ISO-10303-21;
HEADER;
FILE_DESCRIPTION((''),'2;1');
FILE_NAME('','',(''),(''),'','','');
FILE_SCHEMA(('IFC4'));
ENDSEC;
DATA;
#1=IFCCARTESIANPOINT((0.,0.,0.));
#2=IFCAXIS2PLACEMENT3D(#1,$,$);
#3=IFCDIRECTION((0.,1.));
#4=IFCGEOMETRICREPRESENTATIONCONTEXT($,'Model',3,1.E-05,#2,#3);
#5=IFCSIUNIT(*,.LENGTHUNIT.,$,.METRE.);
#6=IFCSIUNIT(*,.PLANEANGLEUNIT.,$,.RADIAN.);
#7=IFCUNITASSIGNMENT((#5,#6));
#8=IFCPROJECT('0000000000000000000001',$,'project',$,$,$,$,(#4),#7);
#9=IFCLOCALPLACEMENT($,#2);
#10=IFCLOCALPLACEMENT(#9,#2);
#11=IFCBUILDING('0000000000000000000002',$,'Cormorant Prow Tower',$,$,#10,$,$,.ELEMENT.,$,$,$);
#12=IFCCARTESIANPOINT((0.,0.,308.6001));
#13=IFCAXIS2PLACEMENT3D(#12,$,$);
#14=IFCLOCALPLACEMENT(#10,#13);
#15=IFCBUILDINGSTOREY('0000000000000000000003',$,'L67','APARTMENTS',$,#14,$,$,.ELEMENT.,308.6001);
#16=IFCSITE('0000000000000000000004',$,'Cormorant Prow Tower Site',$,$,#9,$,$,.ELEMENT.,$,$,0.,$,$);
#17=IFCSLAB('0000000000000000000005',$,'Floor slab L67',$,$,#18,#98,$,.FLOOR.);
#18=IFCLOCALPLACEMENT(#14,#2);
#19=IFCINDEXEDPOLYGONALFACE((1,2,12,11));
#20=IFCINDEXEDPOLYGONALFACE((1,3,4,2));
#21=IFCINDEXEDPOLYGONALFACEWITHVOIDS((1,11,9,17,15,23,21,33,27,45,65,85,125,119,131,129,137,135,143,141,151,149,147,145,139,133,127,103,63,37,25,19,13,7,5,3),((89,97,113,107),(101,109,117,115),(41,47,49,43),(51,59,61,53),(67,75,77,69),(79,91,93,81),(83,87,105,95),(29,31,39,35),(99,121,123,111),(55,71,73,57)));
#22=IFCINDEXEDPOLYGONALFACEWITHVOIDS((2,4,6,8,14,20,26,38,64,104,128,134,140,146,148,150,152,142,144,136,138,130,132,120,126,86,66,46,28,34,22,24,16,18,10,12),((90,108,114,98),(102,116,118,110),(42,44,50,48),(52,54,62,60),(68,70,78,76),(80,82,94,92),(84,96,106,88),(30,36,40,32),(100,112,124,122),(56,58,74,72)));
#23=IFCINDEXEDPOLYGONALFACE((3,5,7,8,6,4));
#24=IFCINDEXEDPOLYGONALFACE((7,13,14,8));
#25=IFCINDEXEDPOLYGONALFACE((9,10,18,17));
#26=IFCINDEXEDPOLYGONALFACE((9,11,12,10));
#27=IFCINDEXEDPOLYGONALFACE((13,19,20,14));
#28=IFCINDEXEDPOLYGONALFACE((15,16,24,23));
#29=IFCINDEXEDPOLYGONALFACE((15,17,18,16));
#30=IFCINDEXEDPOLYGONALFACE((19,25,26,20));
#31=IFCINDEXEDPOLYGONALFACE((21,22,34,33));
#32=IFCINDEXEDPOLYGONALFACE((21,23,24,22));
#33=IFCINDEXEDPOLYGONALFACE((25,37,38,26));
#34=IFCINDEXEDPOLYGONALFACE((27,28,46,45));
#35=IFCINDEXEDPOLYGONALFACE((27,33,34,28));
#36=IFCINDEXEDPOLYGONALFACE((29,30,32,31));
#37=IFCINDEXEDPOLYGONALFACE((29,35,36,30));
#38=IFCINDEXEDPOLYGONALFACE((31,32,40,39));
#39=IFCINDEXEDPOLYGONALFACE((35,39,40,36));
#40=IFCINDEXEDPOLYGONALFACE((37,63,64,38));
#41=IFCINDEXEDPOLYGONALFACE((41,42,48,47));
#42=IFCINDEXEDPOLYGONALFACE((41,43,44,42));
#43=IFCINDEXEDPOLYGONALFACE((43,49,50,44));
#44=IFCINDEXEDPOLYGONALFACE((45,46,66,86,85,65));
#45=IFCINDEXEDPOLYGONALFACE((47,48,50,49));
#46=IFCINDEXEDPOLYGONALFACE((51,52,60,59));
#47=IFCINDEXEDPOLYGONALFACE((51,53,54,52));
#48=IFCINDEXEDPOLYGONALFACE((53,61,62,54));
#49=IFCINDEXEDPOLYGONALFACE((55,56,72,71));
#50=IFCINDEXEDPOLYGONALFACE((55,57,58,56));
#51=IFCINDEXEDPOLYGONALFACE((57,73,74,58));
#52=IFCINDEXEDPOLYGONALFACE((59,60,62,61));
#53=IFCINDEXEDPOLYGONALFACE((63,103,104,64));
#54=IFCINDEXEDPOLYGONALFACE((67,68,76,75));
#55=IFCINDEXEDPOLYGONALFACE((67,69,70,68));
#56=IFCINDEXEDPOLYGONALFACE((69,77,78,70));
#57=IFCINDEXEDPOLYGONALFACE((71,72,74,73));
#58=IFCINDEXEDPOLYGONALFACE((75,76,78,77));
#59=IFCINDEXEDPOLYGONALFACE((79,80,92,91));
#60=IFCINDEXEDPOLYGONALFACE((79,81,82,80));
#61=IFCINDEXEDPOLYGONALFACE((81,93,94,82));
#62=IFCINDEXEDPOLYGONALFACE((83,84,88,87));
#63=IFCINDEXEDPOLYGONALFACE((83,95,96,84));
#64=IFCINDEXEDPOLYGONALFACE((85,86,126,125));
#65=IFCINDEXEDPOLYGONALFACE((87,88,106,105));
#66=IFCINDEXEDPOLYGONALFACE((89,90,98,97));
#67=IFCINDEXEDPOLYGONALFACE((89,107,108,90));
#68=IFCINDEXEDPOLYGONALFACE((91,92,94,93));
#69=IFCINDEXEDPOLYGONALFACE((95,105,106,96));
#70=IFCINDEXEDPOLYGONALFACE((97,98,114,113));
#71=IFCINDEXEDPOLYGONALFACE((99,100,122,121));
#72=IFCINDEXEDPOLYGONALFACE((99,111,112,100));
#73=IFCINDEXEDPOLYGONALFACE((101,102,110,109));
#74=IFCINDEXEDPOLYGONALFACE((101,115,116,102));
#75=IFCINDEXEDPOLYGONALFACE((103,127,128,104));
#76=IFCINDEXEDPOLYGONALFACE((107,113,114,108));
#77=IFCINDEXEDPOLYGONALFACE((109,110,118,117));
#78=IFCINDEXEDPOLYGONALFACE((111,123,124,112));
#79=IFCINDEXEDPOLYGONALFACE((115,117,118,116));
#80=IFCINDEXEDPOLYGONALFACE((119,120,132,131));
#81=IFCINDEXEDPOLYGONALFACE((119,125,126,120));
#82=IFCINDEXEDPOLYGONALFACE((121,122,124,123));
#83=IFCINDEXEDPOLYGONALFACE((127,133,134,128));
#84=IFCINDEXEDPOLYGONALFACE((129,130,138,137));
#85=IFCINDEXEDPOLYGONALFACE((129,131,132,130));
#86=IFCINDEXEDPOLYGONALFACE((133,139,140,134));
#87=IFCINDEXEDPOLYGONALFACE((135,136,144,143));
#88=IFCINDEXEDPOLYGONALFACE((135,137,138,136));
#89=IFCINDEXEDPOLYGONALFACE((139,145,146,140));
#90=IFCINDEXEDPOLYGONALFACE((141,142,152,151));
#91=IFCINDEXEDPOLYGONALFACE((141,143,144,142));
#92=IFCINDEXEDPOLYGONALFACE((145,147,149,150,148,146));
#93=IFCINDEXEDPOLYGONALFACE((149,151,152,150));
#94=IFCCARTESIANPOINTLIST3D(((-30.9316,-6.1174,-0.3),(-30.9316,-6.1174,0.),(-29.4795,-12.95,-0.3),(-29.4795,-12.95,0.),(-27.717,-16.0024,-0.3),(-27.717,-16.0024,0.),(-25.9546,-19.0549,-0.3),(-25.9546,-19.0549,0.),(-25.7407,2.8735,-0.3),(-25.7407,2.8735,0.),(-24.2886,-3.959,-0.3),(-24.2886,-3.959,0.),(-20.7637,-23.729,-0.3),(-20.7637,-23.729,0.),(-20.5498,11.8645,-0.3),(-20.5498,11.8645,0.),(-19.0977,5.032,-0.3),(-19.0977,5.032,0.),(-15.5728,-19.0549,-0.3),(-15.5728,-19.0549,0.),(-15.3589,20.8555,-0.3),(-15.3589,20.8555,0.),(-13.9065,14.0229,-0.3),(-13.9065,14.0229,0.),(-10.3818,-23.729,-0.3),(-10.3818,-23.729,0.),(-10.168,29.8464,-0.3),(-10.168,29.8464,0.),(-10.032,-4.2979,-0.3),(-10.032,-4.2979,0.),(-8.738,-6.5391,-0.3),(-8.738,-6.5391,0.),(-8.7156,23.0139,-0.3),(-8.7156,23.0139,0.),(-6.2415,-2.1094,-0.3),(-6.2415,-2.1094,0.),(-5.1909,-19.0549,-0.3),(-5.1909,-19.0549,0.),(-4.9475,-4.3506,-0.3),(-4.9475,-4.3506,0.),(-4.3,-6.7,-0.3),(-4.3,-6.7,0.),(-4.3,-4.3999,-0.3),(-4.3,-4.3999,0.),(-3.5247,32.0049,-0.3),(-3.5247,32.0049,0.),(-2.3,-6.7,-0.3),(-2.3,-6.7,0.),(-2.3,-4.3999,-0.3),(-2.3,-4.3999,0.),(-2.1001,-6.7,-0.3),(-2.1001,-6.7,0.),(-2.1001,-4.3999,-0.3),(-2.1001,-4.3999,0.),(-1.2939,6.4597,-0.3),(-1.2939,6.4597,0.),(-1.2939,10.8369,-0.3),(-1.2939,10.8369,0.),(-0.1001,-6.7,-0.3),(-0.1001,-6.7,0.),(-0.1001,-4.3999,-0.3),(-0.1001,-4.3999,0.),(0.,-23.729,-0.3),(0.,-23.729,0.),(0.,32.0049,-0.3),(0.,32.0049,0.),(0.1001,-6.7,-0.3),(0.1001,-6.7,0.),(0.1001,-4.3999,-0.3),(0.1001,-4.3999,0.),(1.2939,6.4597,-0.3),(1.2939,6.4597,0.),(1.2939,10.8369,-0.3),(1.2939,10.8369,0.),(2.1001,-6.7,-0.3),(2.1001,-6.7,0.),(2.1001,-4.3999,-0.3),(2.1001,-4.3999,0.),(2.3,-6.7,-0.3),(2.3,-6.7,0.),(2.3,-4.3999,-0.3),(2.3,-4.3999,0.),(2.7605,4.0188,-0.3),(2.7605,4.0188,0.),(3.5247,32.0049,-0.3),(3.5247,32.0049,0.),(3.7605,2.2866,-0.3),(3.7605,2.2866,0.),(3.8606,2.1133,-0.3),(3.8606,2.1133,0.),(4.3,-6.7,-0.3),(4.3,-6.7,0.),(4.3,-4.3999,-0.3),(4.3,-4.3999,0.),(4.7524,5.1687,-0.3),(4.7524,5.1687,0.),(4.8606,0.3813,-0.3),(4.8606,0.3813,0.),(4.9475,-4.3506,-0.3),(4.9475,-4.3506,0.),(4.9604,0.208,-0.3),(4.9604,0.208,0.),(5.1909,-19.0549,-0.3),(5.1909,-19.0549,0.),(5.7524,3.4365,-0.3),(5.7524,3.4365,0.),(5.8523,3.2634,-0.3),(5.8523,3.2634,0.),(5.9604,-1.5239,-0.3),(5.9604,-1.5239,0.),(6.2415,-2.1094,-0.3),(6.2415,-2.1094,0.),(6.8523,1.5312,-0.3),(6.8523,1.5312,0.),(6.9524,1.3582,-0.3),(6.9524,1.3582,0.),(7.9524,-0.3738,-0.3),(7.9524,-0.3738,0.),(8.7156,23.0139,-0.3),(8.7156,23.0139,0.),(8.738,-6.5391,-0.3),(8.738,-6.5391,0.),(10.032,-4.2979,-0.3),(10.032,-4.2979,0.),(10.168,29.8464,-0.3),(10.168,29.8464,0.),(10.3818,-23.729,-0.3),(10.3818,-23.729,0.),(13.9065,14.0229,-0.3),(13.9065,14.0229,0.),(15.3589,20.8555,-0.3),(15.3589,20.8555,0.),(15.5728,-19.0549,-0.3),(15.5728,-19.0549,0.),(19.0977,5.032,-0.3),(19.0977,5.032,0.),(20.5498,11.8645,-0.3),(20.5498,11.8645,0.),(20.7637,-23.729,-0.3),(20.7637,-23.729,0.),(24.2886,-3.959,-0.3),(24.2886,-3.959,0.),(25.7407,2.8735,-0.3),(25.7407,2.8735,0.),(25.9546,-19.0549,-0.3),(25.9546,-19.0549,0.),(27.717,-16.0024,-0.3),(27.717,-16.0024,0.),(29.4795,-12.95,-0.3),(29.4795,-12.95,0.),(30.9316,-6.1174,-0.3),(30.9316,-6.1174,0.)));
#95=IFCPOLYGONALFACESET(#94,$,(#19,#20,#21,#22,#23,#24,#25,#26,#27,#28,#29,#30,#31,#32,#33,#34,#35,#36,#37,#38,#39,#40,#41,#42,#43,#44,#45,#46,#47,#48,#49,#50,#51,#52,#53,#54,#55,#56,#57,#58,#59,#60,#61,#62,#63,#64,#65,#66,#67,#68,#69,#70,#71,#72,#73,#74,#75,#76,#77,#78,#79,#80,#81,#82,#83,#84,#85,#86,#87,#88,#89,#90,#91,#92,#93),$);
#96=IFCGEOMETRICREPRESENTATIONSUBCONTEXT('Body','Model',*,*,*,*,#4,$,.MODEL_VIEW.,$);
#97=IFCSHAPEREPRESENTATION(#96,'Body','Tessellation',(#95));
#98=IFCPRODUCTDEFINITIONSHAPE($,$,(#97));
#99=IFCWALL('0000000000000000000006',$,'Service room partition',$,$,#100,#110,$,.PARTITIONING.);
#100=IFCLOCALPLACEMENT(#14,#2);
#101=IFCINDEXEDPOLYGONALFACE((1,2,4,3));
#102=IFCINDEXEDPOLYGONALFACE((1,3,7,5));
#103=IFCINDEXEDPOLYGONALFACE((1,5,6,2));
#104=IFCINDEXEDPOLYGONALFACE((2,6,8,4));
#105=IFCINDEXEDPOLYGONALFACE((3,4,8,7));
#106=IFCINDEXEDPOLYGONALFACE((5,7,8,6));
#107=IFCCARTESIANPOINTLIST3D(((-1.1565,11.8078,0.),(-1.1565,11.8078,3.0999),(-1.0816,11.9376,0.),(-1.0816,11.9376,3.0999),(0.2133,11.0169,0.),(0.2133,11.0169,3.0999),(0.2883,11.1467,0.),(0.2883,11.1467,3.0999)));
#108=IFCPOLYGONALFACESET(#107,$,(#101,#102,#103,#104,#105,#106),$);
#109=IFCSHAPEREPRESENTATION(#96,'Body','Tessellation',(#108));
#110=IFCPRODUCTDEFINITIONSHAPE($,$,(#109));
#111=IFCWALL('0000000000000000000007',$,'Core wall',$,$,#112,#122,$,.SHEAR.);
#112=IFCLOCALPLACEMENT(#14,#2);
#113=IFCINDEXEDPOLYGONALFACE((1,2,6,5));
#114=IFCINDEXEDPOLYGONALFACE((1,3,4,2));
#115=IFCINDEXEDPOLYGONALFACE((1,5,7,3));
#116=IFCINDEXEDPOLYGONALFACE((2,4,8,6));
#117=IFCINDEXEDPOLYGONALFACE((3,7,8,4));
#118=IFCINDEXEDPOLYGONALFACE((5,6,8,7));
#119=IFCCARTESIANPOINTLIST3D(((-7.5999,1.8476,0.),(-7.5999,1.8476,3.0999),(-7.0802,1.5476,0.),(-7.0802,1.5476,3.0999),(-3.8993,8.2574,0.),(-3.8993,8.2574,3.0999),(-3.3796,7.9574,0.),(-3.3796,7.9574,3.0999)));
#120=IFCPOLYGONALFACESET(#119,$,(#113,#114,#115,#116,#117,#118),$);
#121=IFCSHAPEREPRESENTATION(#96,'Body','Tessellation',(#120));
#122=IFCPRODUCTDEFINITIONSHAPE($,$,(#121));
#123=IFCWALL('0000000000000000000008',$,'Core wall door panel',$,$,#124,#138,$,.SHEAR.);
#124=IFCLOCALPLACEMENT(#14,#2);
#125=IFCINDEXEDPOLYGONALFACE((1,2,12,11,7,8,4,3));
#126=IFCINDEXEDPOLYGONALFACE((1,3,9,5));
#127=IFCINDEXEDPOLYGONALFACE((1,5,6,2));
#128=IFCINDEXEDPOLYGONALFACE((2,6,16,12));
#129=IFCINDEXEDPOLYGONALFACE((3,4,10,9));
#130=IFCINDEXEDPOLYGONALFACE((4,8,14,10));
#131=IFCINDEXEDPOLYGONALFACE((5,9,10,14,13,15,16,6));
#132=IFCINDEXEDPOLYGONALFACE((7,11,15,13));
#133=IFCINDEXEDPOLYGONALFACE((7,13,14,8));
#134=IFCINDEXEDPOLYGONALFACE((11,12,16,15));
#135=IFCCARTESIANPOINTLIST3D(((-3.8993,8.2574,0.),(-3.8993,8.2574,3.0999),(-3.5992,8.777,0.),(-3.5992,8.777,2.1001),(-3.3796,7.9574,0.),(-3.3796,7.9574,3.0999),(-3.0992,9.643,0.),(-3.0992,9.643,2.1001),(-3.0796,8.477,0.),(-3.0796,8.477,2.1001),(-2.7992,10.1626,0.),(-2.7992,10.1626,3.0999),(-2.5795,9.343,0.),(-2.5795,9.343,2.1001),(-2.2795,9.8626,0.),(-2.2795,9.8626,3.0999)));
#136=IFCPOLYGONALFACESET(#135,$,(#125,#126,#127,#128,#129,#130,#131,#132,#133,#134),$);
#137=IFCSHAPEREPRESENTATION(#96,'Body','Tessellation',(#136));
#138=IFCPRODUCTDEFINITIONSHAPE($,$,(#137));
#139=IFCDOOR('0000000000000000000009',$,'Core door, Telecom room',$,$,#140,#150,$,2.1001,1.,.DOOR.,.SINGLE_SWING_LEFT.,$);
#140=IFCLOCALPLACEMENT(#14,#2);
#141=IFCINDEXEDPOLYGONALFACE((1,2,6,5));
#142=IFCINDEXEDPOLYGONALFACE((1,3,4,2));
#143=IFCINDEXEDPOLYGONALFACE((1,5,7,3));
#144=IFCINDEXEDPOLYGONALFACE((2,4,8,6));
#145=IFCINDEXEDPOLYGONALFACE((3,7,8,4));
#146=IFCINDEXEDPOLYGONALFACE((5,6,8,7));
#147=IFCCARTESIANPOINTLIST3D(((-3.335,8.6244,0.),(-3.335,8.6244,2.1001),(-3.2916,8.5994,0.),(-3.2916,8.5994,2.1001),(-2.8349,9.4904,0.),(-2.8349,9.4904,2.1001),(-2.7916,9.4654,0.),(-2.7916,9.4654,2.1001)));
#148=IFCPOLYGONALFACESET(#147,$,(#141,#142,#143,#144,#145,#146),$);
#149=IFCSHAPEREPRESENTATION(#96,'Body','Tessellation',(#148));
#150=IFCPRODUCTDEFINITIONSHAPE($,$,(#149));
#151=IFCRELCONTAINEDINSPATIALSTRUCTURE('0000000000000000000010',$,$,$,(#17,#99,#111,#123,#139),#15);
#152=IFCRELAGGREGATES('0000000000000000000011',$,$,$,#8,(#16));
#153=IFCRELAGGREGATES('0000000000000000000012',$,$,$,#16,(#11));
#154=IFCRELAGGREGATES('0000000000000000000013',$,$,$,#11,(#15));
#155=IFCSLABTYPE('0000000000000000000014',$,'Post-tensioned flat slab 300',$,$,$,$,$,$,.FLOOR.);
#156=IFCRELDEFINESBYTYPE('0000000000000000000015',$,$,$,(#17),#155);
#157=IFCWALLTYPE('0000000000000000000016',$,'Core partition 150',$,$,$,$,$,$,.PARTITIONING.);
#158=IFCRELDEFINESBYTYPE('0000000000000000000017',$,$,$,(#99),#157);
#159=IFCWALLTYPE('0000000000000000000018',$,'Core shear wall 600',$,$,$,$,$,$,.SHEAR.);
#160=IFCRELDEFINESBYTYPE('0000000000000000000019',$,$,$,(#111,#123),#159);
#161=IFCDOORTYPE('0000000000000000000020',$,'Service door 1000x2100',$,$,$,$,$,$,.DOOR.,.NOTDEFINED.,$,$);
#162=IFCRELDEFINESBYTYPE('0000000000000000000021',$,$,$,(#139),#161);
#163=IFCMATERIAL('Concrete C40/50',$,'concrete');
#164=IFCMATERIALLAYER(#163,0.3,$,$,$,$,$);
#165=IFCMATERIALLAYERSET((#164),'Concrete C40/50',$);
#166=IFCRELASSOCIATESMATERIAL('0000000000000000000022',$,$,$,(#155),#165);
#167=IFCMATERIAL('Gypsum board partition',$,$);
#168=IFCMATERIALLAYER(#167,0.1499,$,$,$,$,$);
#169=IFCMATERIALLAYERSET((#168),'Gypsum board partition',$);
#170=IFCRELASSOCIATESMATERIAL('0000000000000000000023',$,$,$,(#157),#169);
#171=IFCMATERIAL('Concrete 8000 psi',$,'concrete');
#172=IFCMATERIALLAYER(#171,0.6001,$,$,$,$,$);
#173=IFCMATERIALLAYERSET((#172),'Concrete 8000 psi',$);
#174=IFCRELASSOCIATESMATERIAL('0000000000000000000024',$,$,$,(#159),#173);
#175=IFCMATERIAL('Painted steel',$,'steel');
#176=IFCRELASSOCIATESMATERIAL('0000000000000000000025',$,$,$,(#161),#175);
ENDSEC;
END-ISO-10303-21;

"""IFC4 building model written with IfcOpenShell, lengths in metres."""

from ifc_helpers import new_model, si_unit, direction, frame, frame_2d, origin, place, context, subcontext, project, spatial, polyline, rectangle, outline, extrude, material, layer, layer_set, type_object, element, fill, save


model = new_model("IFC4")

# Units and contexts
model_context = context("Model", 3, precision=1e-05, world=origin(), true_north=direction((0.0, 1.0)))
body_context = subcontext(model_context, "Body", "Model", "MODEL_VIEW")
ifc_project = project(units=[si_unit("LENGTHUNIT", "METRE"), si_unit("PLANEANGLEUNIT", "RADIAN")], contexts=[model_context])

# Site, building, storey
site_placement = place(None, origin())
site = spatial("IfcSite", under=ifc_project, at=site_placement, Name="Cormorant Prow Tower Site", CompositionType="ELEMENT", RefElevation=0.0)
building_placement = place(site_placement, origin())
building = spatial("IfcBuilding", under=site, at=building_placement, Name="Cormorant Prow Tower", CompositionType="ELEMENT")
storey_placement = place(building_placement, frame((0.0, 0.0, 308.6001)))
storey = spatial("IfcBuildingStorey", under=building, at=storey_placement, Name="L67", Description="APARTMENTS", CompositionType="ELEMENT", Elevation=308.6001)

# Slab
ifc_material_1 = material(Name="Concrete C40/50", Category="concrete")
ifc_layer_1 = layer(ifc_material_1, 0.3)
ifc_layer_set_1 = layer_set([ifc_layer_1], Name="Concrete C40/50")
slab_type_1 = type_object("IfcSlabType", Name="Post-tensioned flat slab 300", PredefinedType="FLOOR", material=ifc_layer_set_1)
slab_1_placement = place(storey_placement, frame((0.0, 0.0, -0.3)))
element("IfcSlab", 1, at=slab_1_placement, inside=storey, type_object=slab_type_1, Name="Floor slab L67", PredefinedType="FLOOR", context=body_context, shape_type="SweptSolid", body=[
    extrude(outline(polyline([(-8.7156, 23.0139), (-15.3589, 20.8555), (-13.9065, 14.0229), (-20.5498, 11.8645), (-19.0977, 5.032), (-25.7407, 2.8735), (-24.2886, -3.959), (-30.9316, -6.1174), (-29.4795, -12.95), (-27.717, -16.0024), (-25.9546, -19.0549), (-20.7637, -23.729), (-15.5728, -19.0549), (-10.3818, -23.729), (-5.1909, -19.0549), (0.0, -23.729), (5.1909, -19.0549), (10.3818, -23.729), (15.5728, -19.0549), (20.7637, -23.729), (25.9546, -19.0549), (27.717, -16.0024), (29.4795, -12.95), (30.9316, -6.1174), (24.2886, -3.959), (25.7407, 2.8735), (19.0977, 5.032), (20.5498, 11.8645), (13.9065, 14.0229), (15.3589, 20.8555), (8.7156, 23.0139), (10.168, 29.8464), (3.5247, 32.0049), (0.0, 32.0049), (-3.5247, 32.0049), (-10.168, 29.8464), (-8.7156, 23.0139)]), holes=[polyline([(-4.3, -4.3999), (-2.3, -4.3999), (-2.3, -6.7), (-4.3, -6.7), (-4.3, -4.3999)]), polyline([(-0.1001, -4.3999), (-0.1001, -6.7), (-2.1001, -6.7), (-2.1001, -4.3999), (-0.1001, -4.3999)]), polyline([(2.1001, -6.7), (0.1001, -6.7), (0.1001, -4.3999), (2.1001, -4.3999), (2.1001, -6.7)]), polyline([(2.3, -6.7), (2.3, -4.3999), (4.3, -4.3999), (4.3, -6.7), (2.3, -6.7)]), polyline([(5.9604, -1.5239), (4.9604, 0.208), (6.9524, 1.3582), (7.9524, -0.3738), (5.9604, -1.5239)]), polyline([(3.8606, 2.1133), (5.8523, 3.2634), (6.8523, 1.5312), (4.8606, 0.3813), (3.8606, 2.1133)]), polyline([(4.7524, 5.1687), (5.7524, 3.4365), (3.7605, 2.2866), (2.7605, 4.0188), (4.7524, 5.1687)]), polyline([(-4.9475, -4.3506), (-8.738, -6.5391), (-10.032, -4.2979), (-6.2415, -2.1094), (-4.9475, -4.3506)]), polyline([(10.032, -4.2979), (8.738, -6.5391), (4.9475, -4.3506), (6.2415, -2.1094), (10.032, -4.2979)]), polyline([(1.2939, 10.8369), (1.2939, 6.4597), (-1.2939, 6.4597), (-1.2939, 10.8369), (1.2939, 10.8369)])]), origin(), (0.0, 0.0, 1.0), 0.3),
])

# Walls
ifc_material_2 = material(Name="Gypsum board partition")
ifc_layer_2 = layer(ifc_material_2, 0.1499)
ifc_layer_set_2 = layer_set([ifc_layer_2], Name="Gypsum board partition")
wall_type_1 = type_object("IfcWallType", Name="Core partition 150", PredefinedType="PARTITIONING", material=ifc_layer_set_2)
wall_1_placement = place(storey_placement, frame((-1.1191, 11.8728, 0.0), z_axis=(0.0, 0.0, 1.0), x_axis=(0.865993, -0.500056, 0.0)))
element("IfcWall", 2, at=wall_1_placement, inside=storey, type_object=wall_type_1, Name="Service room partition", PredefinedType="PARTITIONING", context=body_context, shape_type="SweptSolid", body=[
    extrude(rectangle(XDim=1.5818, YDim=0.1499, at=frame_2d((0.791, 0.0))), origin(), (0.0, 0.0, 1.0), 3.0999),
])
ifc_material_3 = material(Name="Concrete 8000 psi", Category="concrete")
ifc_layer_3 = layer(ifc_material_3, 0.6001)
ifc_layer_set_3 = layer_set([ifc_layer_3], Name="Concrete 8000 psi")
wall_type_2 = type_object("IfcWallType", Name="Core shear wall 600", PredefinedType="SHEAR", material=ifc_layer_set_3)
wall_2_placement = place(storey_placement, frame((-3.6394, 8.1074, 0.0), z_axis=(0.0, 0.0, 1.0), x_axis=(-0.499992, -0.86603, 0.0)))
element("IfcWall", 3, at=wall_2_placement, inside=storey, type_object=wall_type_2, Name="Core wall", PredefinedType="SHEAR", context=body_context, shape_type="SweptSolid", body=[
    extrude(rectangle(XDim=7.4014, YDim=0.6001, at=frame_2d((3.7007, 0.0))), origin(), (0.0, 0.0, 1.0), 3.0999),
])

# Wall, opening, door
wall_3_placement = place(storey_placement, frame((-2.5393, 10.0127, 0.0), z_axis=(0.0, 0.0, 1.0), x_axis=(-0.50003, -0.866008, 0.0)))
wall_3 = element("IfcWall", 4, at=wall_3_placement, inside=storey, type_object=wall_type_2, Name="Core wall door panel", PredefinedType="SHEAR", context=body_context, shape_type="SweptSolid", body=[
    extrude(rectangle(XDim=2.2, YDim=0.6001, at=frame_2d((1.1001, 0.0))), origin(), (0.0, 0.0, 1.0), 3.0999),
])
opening_1_placement = place(wall_3_placement, frame((0.6001, 0.0, 0.0)))
opening_1 = element("IfcOpeningElement", 5, at=opening_1_placement, cuts=wall_3, PredefinedType="OPENING", context=body_context, shape_type="SweptSolid", body=[
    extrude(rectangle(XDim=1.0, YDim=2.1001, at=frame_2d((0.5, 1.05))), frame((0.0, 0.3101, 0.0), z_axis=(0.0, -1.0, 0.0), x_axis=(1.0, 0.0, 0.0)), (0.0, 0.0, 1.0), 0.6201),
])
ifc_material_4 = material(Name="Painted steel", Category="steel")
door_type_1 = type_object("IfcDoorType", Name="Service door 1000x2100", OperationType="NOTDEFINED", PredefinedType="DOOR", material=ifc_material_4)
door_1_placement = place(opening_1_placement, origin())
door_1 = element("IfcDoor", 6, at=door_1_placement, inside=storey, type_object=door_type_1, Name="Core door, Telecom room", OperationType="SINGLE_SWING_LEFT", OverallHeight=2.1001, OverallWidth=1.0, PredefinedType="DOOR", context=body_context, shape_type="SweptSolid", body=[
    extrude(rectangle(XDim=1.0, YDim=2.1001, at=frame_2d((0.5, 1.05))), frame((0.0, 0.0552, 0.0), z_axis=(0.0, -1.0, 0.0), x_axis=(1.0, 0.0, 0.0)), (0.0, 0.0, 1.0), 0.05),
])
fill(opening_1, door_1)

save(model, "model.ifc")
